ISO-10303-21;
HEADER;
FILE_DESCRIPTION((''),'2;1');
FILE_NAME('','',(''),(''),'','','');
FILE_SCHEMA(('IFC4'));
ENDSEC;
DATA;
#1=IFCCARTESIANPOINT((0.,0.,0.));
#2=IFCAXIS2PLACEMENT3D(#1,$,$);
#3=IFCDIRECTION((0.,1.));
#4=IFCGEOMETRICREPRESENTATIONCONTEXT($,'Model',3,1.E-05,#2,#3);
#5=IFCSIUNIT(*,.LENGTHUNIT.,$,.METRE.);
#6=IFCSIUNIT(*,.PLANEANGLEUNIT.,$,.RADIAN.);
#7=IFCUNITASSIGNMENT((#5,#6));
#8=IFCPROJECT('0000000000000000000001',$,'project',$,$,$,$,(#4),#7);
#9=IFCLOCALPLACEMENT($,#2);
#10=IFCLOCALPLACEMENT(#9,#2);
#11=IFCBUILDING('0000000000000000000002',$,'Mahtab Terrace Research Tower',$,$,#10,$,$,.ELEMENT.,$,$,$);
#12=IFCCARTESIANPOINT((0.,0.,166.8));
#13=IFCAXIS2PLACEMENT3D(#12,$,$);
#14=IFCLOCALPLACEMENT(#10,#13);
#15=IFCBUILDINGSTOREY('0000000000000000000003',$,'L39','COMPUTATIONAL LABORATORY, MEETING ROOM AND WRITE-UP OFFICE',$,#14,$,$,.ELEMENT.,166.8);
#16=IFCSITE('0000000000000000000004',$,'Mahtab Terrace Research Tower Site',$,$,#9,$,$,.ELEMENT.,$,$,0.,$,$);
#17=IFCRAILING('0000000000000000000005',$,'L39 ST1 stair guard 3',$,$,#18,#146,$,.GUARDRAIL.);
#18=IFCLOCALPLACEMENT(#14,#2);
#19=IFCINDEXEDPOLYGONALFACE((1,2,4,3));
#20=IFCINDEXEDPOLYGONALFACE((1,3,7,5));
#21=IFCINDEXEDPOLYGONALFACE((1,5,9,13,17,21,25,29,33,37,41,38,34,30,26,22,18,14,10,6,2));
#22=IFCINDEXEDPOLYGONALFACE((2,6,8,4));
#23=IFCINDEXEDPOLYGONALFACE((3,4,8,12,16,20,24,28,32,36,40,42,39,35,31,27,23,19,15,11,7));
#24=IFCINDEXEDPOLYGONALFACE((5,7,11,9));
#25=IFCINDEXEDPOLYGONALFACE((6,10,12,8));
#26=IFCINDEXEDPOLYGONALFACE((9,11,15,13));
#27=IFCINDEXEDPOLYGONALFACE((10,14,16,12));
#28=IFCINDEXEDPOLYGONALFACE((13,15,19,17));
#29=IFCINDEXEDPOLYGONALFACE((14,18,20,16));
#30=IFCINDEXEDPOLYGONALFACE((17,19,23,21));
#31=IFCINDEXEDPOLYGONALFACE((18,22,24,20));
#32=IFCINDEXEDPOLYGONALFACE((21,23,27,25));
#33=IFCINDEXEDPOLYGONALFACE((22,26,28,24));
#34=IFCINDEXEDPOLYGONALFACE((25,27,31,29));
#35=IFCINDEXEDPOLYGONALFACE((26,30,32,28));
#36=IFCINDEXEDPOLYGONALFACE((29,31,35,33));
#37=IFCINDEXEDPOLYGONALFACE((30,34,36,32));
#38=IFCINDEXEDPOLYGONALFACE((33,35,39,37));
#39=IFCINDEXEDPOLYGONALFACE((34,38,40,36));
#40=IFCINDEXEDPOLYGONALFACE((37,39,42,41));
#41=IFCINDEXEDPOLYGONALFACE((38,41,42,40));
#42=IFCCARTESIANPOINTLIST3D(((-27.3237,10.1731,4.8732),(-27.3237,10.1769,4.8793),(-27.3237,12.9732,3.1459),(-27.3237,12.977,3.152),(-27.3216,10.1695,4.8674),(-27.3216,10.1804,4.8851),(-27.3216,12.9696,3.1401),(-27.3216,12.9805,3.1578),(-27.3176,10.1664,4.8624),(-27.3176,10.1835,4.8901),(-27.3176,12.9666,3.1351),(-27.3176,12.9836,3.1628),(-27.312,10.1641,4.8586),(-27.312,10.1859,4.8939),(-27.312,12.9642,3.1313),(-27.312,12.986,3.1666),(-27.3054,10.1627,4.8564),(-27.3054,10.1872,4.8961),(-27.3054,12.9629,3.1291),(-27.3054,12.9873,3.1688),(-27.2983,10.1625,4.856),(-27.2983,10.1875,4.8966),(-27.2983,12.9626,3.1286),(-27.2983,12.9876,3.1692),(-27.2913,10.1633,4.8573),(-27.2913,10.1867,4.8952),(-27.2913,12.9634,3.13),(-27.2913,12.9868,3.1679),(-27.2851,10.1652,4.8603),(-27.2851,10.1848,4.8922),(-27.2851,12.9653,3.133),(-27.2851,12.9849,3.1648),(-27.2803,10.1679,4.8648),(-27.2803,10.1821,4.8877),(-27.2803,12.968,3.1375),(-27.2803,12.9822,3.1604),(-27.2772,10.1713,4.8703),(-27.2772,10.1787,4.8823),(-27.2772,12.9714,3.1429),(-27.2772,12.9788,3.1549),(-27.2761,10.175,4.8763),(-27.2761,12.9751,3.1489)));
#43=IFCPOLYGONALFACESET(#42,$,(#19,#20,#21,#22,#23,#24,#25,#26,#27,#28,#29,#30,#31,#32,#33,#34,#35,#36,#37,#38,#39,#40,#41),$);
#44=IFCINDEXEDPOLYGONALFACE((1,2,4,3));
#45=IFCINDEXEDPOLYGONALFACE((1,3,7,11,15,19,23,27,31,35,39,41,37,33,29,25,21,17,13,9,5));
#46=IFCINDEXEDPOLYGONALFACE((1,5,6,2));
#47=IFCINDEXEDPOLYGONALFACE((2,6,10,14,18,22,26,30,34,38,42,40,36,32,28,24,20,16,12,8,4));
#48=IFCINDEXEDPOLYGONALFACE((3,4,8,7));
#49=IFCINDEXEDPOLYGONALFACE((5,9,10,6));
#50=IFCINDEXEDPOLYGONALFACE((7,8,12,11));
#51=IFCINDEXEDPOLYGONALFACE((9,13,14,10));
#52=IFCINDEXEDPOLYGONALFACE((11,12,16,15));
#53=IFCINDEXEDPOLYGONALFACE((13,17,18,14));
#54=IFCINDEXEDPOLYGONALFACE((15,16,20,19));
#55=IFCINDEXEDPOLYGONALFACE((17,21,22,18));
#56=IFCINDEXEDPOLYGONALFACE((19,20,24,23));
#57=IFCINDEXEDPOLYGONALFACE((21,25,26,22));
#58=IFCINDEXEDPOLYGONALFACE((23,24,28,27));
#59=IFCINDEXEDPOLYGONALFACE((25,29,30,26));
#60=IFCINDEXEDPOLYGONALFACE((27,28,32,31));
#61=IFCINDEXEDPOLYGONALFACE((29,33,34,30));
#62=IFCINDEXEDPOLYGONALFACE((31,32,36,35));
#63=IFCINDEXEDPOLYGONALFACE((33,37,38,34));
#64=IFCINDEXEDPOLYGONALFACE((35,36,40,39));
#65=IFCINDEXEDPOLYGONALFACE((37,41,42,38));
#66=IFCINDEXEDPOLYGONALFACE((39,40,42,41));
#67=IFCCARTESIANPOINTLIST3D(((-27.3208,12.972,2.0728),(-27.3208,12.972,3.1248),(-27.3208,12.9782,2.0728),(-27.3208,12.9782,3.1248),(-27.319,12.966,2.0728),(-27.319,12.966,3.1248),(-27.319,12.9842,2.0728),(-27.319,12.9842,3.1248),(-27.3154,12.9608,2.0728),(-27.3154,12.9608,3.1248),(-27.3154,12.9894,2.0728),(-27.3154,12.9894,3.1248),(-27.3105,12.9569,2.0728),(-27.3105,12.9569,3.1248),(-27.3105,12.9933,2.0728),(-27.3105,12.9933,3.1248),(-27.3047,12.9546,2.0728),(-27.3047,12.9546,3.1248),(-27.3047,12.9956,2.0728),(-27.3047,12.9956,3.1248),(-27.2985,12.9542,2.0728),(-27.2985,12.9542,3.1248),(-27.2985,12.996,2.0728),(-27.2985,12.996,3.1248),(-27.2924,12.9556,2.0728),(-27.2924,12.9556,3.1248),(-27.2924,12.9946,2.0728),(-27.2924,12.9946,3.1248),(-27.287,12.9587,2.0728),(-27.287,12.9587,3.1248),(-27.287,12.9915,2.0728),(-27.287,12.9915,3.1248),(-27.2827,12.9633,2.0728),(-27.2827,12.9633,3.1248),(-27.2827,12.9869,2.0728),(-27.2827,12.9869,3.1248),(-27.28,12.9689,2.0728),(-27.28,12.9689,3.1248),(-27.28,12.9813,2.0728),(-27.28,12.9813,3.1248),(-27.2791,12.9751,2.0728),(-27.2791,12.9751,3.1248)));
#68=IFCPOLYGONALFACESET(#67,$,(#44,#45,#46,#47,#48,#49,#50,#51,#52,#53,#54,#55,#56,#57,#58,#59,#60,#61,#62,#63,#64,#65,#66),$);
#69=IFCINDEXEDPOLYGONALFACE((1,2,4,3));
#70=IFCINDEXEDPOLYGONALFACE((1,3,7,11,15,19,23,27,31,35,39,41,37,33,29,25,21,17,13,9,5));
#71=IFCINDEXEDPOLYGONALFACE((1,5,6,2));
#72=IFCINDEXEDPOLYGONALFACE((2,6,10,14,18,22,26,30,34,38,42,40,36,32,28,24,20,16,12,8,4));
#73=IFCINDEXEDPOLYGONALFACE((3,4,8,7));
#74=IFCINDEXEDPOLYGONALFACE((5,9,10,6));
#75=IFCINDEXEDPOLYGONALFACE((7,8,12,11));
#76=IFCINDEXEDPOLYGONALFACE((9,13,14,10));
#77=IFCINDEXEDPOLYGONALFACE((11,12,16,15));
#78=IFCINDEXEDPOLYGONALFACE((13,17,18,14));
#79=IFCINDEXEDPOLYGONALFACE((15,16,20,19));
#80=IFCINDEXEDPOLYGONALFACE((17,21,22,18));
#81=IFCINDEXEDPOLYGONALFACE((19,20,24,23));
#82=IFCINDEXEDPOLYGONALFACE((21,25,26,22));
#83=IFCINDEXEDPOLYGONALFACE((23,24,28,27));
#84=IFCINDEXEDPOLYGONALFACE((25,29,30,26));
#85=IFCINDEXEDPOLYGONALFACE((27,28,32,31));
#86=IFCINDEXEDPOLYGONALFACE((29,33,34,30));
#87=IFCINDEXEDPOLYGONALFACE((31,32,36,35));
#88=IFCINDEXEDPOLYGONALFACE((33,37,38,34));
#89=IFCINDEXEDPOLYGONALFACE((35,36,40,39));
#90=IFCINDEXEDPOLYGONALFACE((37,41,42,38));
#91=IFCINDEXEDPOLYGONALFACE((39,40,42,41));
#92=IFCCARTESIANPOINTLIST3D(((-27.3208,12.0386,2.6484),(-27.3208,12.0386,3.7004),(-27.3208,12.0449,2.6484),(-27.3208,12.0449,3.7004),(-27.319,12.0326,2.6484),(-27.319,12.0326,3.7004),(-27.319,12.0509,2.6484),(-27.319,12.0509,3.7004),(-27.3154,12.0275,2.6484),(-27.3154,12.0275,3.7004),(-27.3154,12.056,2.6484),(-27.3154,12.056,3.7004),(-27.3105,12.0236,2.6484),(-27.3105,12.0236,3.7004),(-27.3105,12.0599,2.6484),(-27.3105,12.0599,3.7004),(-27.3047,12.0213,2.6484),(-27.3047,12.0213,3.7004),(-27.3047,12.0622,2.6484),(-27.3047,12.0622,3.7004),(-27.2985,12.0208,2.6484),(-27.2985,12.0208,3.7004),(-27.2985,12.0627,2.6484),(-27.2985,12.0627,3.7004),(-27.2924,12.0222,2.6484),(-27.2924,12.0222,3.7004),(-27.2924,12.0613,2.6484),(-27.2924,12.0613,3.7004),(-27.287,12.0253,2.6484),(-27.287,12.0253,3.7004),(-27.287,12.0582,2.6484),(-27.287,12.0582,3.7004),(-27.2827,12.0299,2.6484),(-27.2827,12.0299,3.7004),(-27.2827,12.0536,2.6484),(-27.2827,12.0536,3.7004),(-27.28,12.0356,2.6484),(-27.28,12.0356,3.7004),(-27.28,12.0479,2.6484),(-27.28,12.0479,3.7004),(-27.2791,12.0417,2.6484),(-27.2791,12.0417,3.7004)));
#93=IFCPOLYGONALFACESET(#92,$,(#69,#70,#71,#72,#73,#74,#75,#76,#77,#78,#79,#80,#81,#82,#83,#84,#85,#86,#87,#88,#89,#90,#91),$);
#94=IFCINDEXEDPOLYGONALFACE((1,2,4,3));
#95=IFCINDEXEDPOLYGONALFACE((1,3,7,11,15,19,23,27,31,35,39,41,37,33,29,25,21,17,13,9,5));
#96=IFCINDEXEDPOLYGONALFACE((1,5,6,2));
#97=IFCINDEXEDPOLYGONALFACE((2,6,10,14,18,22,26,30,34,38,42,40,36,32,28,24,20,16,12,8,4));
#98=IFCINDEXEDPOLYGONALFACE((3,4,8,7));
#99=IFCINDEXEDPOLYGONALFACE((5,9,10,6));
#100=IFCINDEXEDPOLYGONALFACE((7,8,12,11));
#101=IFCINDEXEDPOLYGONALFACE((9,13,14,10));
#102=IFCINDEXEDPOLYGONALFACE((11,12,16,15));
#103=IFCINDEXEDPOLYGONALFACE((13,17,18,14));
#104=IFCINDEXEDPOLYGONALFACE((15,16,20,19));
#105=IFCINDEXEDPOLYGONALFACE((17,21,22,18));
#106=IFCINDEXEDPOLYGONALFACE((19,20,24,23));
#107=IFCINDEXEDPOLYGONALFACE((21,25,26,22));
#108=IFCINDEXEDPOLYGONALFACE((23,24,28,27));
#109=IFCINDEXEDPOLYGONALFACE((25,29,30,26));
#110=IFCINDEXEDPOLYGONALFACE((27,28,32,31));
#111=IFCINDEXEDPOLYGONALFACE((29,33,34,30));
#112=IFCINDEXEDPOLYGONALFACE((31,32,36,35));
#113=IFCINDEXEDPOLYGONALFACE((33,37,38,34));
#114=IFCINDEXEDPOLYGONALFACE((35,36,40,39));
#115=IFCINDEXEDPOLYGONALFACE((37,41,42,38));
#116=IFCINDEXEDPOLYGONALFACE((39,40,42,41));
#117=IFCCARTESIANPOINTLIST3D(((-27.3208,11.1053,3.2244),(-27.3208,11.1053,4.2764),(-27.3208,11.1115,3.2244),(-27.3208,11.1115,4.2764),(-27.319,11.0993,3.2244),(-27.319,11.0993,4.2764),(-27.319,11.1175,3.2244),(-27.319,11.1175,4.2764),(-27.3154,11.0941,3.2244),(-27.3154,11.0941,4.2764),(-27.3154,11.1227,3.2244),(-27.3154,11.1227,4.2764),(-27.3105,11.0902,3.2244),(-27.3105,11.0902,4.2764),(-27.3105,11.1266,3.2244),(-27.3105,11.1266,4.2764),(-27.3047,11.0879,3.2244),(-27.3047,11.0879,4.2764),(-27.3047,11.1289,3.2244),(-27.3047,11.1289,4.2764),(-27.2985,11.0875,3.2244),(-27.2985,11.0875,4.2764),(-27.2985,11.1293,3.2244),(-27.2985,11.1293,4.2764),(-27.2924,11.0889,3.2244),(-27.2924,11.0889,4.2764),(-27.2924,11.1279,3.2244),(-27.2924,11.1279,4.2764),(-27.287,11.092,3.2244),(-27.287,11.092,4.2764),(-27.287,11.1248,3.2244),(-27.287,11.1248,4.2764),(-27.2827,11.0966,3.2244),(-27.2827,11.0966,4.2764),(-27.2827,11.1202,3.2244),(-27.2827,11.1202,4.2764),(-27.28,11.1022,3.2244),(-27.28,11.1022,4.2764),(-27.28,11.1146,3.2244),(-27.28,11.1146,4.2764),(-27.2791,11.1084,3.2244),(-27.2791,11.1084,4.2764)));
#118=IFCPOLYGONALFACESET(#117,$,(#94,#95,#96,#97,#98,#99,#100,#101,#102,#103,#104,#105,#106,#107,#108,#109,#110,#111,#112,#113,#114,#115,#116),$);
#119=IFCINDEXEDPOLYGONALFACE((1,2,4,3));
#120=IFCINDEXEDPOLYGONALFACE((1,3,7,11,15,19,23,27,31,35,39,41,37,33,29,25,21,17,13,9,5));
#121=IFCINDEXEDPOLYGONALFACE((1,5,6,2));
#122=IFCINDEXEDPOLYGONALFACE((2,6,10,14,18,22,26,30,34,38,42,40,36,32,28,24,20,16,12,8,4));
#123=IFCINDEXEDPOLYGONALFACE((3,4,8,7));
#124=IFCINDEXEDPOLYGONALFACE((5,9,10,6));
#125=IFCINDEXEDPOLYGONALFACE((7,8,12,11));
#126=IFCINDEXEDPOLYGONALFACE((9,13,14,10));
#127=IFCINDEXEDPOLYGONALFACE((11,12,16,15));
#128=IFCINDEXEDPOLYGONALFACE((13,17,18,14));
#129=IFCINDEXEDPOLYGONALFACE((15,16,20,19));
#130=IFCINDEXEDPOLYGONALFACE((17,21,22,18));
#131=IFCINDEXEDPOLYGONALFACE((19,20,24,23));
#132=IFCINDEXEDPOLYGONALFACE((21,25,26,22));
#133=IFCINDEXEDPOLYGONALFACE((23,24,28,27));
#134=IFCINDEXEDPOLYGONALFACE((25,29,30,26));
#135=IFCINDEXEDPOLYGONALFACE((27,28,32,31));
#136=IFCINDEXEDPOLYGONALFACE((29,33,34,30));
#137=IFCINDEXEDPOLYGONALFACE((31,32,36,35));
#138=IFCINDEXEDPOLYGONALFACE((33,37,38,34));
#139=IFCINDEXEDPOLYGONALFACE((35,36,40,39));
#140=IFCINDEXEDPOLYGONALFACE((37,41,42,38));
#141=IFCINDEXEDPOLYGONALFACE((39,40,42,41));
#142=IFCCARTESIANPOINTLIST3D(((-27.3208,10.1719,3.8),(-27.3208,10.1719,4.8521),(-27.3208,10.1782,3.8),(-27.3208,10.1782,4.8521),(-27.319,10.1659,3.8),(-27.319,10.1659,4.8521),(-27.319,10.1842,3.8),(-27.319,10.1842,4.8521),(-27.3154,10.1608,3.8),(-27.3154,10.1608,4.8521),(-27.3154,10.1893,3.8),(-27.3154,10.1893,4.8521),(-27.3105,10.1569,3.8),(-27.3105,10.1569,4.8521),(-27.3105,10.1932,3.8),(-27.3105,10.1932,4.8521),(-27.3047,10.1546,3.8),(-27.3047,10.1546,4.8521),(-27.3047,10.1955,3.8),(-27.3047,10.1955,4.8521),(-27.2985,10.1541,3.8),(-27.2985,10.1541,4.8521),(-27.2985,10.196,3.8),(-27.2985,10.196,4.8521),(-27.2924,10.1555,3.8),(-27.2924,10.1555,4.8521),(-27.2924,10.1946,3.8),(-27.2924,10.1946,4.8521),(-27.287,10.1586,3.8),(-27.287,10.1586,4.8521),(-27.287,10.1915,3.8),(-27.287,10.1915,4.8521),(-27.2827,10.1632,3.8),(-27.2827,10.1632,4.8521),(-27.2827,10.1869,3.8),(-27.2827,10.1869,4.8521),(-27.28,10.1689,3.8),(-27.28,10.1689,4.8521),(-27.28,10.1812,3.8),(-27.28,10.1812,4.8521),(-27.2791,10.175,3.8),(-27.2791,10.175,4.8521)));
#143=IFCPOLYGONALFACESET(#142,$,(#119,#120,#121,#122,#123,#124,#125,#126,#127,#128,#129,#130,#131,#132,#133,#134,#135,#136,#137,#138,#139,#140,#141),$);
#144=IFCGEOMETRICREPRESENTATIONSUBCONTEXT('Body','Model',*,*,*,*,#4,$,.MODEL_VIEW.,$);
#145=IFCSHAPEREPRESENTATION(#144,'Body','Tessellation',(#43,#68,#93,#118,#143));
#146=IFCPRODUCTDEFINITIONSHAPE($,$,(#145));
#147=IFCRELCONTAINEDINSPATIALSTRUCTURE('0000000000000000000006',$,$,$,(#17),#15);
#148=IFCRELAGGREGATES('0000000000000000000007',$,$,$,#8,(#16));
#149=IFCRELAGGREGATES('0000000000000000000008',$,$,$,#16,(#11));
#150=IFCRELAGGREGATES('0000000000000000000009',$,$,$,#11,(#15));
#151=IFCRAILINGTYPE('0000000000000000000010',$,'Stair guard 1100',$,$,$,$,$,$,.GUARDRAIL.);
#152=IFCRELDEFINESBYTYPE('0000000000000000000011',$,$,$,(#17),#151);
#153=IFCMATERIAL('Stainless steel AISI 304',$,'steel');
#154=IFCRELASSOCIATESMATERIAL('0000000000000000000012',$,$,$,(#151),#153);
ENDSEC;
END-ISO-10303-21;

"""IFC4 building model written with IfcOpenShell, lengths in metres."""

from ifc_helpers import new_model, si_unit, direction, frame, origin, origin_2d, place, context, subcontext, project, spatial, circle, extrude, material, type_object, element, save


model = new_model("IFC4")

# Units and contexts
model_context = context("Model", 3, precision=1e-05, world=origin(), true_north=direction((0.0, 1.0)))
body_context = subcontext(model_context, "Body", "Model", "MODEL_VIEW")
ifc_project = project(units=[si_unit("LENGTHUNIT", "METRE"), si_unit("PLANEANGLEUNIT", "RADIAN")], contexts=[model_context])

# Site, building, storey
site_placement = place(None, origin())
site = spatial("IfcSite", under=ifc_project, at=site_placement, Name="Mahtab Terrace Research Tower Site", CompositionType="ELEMENT", RefElevation=0.0)
building_placement = place(site_placement, origin())
building = spatial("IfcBuilding", under=site, at=building_placement, Name="Mahtab Terrace Research Tower", CompositionType="ELEMENT")
storey_placement = place(building_placement, frame((0.0, 0.0, 166.8)))
storey = spatial("IfcBuildingStorey", under=building, at=storey_placement, Name="L39", Description="COMPUTATIONAL LABORATORY, MEETING ROOM AND WRITE-UP OFFICE", CompositionType="ELEMENT", Elevation=166.8)

# Railing
ifc_material_1 = material(Name="Stainless steel AISI 304", Category="steel")
railing_type_1 = type_object("IfcRailingType", Name="Stair guard 1100", PredefinedType="GUARDRAIL", material=ifc_material_1)
railing_1_placement = place(storey_placement, frame((-27.3, 12.9751, 2.0728)))
element("IfcRailing", 1, at=railing_1_placement, inside=storey, type_object=railing_type_1, Name="L39 ST1 stair guard 3", PredefinedType="GUARDRAIL", context=body_context, shape_type="SweptSolid", body=[
    extrude(circle(Radius=0.0239, at=origin_2d()), frame((0.0, 0.0, 1.0762), z_axis=(0.0, -0.85109, 0.52502), x_axis=(1.0, 0.0, 0.0)), (0.0, 0.0, 1.0), 3.29),
    extrude(circle(Radius=0.021, at=origin_2d()), origin(), (0.0, 0.0, 1.0), 1.052),
    extrude(circle(Radius=0.021, at=origin_2d()), frame((0.0, -0.9333, 0.5757)), (0.0, 0.0, 1.0), 1.052),
    extrude(circle(Radius=0.021, at=origin_2d()), frame((0.0, -1.8667, 1.1516)), (0.0, 0.0, 1.0), 1.052),
    extrude(circle(Radius=0.021, at=origin_2d()), frame((0.0, -2.8, 1.7273)), (0.0, 0.0, 1.0), 1.052),
])

save(model, "model.ifc")
